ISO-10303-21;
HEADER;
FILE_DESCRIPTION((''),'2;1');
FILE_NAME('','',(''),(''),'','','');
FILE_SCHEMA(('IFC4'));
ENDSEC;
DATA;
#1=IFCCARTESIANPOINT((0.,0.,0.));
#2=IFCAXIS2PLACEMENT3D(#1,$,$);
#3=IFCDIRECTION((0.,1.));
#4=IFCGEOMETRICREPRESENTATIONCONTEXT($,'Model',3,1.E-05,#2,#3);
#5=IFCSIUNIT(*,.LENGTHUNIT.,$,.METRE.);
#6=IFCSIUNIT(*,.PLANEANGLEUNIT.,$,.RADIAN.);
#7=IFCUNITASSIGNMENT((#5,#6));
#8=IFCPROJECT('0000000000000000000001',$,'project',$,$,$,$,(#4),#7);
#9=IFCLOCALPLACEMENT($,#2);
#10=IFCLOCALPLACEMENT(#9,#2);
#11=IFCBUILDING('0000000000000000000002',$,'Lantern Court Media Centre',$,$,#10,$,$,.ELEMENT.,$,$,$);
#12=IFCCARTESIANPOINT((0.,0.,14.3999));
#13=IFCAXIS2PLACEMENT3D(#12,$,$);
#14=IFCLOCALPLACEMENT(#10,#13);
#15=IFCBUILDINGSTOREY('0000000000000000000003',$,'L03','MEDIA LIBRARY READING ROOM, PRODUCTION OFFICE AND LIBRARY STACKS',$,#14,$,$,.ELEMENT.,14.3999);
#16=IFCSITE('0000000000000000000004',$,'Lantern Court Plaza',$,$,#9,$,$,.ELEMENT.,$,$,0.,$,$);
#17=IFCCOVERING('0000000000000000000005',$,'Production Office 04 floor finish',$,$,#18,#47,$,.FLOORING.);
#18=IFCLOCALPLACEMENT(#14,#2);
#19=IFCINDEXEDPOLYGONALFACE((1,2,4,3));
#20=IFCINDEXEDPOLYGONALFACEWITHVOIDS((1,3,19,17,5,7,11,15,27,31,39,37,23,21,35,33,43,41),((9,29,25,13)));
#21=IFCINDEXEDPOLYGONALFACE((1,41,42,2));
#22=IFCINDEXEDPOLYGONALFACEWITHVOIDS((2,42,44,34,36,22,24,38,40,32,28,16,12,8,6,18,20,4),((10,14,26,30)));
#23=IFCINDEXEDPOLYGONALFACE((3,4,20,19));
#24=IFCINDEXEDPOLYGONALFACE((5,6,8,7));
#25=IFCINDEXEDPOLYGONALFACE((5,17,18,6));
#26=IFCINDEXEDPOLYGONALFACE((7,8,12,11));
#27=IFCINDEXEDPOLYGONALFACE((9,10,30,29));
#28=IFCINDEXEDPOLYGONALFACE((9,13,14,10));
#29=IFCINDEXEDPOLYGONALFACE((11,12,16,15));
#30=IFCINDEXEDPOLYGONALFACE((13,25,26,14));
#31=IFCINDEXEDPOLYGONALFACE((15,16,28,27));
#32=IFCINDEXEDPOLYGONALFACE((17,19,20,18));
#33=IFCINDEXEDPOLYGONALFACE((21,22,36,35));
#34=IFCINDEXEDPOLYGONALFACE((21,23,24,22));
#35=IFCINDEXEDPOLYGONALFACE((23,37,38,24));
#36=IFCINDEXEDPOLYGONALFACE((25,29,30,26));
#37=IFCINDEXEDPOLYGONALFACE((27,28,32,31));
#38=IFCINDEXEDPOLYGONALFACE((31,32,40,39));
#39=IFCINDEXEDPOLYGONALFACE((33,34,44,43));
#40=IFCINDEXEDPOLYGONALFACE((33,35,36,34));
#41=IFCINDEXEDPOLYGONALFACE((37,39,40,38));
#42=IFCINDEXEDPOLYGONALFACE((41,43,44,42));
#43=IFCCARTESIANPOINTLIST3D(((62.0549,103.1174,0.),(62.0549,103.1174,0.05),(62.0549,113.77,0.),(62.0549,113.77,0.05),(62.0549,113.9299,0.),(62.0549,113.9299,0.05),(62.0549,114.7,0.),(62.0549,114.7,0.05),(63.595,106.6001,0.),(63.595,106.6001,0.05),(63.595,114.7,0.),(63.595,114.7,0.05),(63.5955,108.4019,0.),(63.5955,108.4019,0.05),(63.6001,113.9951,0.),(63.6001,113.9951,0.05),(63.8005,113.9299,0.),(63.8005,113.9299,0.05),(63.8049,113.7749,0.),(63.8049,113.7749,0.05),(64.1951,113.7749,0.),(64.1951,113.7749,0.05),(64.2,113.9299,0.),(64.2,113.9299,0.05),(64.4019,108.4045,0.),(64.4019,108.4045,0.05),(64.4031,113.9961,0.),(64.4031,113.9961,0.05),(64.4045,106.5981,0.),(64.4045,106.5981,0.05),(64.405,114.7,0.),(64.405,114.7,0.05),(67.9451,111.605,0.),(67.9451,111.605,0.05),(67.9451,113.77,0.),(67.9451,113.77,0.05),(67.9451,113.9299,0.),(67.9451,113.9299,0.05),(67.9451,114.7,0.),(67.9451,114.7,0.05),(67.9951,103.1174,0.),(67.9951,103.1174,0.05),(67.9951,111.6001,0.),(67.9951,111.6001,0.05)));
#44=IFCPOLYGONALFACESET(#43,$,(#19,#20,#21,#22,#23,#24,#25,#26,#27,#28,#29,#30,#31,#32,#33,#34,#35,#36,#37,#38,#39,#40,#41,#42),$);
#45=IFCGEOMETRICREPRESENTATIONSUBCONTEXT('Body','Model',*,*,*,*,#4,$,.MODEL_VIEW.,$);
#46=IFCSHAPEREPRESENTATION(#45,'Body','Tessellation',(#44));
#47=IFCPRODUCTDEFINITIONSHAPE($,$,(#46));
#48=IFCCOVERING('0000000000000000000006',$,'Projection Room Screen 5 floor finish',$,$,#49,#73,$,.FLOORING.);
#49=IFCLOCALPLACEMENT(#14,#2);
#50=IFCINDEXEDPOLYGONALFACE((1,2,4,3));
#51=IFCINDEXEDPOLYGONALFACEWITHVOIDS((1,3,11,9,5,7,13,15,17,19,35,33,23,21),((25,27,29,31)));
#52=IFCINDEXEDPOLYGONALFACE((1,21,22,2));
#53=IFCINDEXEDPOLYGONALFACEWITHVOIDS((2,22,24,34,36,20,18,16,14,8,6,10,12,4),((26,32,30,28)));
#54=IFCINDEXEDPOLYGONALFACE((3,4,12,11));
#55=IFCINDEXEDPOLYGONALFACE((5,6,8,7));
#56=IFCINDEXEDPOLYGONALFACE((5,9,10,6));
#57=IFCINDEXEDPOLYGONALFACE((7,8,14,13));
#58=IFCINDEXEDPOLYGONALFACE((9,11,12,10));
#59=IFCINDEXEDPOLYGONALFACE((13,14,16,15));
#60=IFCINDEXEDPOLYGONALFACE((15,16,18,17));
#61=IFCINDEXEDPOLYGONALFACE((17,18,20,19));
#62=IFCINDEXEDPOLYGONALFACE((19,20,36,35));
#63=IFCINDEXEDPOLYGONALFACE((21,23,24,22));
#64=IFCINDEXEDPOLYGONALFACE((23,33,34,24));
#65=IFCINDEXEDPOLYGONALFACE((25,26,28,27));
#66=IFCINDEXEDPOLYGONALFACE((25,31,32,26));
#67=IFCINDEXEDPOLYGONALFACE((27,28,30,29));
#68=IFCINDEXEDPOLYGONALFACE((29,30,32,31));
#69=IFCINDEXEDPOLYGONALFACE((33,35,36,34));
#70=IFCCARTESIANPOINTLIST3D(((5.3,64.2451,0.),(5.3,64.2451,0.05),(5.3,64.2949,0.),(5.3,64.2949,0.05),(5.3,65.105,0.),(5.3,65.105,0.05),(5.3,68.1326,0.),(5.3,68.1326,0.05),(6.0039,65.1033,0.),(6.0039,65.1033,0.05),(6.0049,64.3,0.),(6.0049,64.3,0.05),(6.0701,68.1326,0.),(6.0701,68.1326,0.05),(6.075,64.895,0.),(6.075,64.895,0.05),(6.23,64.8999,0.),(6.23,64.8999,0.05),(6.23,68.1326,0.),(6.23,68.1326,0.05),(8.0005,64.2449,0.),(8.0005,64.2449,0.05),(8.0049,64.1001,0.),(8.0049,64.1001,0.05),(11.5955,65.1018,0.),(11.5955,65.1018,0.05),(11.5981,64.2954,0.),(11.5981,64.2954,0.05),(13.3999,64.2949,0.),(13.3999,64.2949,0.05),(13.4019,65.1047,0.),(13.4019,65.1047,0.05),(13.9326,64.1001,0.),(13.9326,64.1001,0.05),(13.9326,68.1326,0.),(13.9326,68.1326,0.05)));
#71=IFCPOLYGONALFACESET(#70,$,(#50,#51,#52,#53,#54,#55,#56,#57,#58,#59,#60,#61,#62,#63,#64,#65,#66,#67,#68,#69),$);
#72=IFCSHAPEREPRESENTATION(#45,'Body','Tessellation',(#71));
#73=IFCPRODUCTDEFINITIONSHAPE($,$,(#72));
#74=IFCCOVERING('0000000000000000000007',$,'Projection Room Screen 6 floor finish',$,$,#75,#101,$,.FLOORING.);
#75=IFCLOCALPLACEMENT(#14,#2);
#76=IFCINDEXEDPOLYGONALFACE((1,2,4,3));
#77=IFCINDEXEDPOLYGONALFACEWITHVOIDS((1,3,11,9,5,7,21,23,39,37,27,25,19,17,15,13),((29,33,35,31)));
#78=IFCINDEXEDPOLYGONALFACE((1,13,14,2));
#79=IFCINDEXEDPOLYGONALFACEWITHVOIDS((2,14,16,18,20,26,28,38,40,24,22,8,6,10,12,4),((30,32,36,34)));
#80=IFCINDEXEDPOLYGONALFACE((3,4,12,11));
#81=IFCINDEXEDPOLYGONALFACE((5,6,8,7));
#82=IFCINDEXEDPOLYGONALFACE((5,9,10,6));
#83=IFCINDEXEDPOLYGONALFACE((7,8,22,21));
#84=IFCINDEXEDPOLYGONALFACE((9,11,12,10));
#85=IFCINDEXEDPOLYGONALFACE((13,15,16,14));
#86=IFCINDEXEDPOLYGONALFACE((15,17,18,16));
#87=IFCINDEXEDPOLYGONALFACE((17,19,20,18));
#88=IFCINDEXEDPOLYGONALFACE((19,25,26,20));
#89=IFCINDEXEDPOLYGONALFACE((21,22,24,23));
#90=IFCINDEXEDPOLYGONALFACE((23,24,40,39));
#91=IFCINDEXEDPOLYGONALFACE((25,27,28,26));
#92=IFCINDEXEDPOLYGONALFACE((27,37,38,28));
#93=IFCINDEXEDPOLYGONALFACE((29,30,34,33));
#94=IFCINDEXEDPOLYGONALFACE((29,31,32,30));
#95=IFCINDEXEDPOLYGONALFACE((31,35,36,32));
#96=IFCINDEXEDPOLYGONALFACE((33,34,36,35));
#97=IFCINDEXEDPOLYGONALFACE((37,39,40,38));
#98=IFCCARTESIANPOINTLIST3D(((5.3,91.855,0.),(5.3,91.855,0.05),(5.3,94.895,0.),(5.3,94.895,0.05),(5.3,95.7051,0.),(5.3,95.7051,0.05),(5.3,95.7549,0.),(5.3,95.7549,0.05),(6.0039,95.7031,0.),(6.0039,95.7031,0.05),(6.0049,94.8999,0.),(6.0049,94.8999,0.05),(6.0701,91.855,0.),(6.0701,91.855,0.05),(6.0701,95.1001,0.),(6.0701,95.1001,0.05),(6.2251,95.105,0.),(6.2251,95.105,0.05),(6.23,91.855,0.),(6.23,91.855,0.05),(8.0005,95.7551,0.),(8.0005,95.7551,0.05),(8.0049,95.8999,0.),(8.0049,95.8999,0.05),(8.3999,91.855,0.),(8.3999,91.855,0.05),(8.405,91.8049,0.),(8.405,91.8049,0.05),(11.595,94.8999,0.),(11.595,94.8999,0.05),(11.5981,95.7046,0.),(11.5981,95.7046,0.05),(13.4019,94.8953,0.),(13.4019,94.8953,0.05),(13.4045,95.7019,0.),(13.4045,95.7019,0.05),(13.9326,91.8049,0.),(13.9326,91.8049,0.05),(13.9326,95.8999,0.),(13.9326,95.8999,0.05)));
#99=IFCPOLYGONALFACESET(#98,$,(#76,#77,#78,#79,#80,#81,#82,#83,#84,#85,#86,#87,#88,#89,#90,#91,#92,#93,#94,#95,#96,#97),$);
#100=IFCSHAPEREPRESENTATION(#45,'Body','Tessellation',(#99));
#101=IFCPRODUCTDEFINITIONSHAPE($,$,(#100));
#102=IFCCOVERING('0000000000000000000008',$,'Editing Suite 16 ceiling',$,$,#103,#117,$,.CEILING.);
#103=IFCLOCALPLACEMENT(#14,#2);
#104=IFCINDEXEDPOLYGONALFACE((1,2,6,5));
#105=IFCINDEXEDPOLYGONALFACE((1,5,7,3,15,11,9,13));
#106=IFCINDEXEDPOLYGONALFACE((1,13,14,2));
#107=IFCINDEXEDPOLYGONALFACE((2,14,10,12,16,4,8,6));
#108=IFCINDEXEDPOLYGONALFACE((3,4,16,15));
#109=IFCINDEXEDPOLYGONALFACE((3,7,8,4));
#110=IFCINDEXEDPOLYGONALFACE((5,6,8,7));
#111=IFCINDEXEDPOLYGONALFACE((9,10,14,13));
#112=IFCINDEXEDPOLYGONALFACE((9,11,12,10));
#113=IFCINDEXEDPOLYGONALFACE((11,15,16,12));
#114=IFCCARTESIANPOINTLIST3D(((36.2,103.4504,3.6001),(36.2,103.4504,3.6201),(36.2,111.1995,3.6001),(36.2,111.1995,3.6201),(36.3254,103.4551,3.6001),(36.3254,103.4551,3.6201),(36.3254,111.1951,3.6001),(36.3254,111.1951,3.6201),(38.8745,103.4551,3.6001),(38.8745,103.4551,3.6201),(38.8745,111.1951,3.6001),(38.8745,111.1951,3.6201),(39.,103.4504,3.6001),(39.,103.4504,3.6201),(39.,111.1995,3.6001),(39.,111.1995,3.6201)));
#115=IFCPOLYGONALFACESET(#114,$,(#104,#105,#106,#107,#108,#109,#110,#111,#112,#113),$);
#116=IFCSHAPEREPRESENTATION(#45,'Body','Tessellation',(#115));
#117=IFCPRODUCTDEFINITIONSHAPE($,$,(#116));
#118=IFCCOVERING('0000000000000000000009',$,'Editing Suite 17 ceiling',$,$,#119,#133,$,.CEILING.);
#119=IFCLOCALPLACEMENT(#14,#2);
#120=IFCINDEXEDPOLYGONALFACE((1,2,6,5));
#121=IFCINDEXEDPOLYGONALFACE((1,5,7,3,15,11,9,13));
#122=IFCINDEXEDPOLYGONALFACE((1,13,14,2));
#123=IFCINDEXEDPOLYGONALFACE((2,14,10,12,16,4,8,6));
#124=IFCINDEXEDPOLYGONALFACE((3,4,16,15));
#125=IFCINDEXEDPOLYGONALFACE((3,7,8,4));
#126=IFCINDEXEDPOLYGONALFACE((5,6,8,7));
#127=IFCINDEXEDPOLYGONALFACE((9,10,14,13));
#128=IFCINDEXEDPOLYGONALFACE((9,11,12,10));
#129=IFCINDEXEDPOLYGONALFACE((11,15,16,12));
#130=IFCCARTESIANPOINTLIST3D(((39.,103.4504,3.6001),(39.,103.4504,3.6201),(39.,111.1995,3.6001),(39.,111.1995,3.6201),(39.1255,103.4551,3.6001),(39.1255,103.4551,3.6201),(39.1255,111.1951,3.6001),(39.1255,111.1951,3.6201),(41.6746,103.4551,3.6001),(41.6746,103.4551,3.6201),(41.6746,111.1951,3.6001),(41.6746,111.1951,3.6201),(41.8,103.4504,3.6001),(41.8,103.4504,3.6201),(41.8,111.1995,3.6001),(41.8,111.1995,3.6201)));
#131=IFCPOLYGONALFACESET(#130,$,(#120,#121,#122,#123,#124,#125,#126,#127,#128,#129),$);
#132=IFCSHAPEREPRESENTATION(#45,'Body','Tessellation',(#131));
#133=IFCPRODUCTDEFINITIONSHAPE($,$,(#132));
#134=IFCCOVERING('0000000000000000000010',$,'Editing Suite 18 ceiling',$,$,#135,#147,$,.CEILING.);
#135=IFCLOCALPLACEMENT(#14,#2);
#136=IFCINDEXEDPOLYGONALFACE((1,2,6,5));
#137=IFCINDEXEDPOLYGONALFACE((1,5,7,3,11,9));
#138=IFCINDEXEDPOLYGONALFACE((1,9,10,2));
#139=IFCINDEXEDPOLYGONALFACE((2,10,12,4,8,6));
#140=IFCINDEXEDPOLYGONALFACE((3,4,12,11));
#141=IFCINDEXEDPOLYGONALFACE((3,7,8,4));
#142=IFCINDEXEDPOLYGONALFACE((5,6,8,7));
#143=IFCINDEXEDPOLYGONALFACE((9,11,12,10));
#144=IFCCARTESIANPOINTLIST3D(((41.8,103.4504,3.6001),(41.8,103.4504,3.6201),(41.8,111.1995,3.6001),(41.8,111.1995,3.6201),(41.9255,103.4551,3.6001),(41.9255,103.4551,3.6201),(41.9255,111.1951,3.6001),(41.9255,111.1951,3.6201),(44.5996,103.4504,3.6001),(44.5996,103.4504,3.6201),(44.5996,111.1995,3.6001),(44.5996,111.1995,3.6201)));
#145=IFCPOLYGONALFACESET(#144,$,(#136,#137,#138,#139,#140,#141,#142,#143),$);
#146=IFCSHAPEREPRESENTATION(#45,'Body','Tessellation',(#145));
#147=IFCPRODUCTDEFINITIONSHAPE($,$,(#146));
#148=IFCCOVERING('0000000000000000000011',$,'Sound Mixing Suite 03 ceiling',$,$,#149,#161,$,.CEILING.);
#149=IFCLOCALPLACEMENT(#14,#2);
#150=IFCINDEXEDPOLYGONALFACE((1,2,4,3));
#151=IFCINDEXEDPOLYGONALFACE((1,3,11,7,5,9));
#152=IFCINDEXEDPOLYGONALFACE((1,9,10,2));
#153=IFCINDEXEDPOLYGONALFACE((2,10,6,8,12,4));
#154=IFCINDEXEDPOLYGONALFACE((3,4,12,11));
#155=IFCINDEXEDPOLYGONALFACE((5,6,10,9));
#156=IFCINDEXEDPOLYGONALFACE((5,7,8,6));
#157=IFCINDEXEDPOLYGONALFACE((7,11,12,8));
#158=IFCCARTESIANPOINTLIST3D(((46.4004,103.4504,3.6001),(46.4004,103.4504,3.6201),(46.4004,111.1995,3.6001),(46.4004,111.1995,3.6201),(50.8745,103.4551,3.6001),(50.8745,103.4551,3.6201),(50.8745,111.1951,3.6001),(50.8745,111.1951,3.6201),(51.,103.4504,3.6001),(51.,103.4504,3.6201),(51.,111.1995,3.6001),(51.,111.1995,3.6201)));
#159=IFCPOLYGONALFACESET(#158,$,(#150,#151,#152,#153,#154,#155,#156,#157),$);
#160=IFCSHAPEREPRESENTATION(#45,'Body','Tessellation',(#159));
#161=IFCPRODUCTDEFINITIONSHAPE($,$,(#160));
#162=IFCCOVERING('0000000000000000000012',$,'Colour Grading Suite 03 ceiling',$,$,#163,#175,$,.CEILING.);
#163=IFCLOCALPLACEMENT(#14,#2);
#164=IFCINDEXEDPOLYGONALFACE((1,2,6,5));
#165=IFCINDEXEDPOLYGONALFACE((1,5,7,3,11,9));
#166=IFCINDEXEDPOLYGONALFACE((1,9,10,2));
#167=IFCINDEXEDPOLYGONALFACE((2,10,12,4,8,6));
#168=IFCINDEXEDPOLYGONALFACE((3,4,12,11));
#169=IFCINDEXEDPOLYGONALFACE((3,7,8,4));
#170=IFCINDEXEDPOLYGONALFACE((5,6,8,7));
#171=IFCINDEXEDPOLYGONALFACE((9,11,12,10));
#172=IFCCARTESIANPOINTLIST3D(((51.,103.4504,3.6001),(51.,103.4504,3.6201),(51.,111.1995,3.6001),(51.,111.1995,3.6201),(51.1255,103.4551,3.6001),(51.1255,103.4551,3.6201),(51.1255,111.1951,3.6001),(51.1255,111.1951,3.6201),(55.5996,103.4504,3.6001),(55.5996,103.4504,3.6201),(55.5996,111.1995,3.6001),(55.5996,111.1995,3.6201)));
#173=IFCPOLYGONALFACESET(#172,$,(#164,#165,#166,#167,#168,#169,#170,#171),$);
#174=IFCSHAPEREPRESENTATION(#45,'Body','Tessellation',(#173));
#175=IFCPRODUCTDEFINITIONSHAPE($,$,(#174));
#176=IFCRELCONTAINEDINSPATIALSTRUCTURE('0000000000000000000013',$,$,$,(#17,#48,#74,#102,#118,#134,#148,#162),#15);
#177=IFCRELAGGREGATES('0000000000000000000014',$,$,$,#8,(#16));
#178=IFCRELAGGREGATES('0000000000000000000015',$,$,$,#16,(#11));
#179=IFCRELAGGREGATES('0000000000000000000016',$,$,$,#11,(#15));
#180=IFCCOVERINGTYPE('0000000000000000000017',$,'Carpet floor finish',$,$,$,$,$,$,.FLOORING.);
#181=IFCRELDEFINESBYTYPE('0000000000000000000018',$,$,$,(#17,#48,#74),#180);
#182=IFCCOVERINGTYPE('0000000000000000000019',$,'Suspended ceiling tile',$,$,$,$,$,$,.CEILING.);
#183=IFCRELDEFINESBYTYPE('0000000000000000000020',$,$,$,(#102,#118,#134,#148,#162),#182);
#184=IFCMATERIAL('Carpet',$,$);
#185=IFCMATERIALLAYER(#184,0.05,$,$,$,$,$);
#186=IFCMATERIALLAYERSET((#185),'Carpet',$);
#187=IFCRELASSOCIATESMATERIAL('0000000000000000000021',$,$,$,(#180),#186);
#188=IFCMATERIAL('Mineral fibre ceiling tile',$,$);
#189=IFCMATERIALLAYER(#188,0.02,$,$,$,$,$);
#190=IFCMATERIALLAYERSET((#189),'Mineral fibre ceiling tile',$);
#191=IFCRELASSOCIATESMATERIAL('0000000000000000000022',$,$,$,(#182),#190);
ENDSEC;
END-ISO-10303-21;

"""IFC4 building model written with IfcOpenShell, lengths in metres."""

from ifc_helpers import new_model, si_unit, direction, frame, origin, place, context, subcontext, project, spatial, polyline, outline, extrude, material, layer, layer_set, type_object, element, save


model = new_model("IFC4")

# Units and contexts
model_context = context("Model", 3, precision=1e-05, world=origin(), true_north=direction((0.0, 1.0)))
body_context = subcontext(model_context, "Body", "Model", "MODEL_VIEW")
ifc_project = project(units=[si_unit("LENGTHUNIT", "METRE"), si_unit("PLANEANGLEUNIT", "RADIAN")], contexts=[model_context])

# Site, building, storey
site_placement = place(None, origin())
site = spatial("IfcSite", under=ifc_project, at=site_placement, Name="Lantern Court Plaza", CompositionType="ELEMENT", RefElevation=0.0)
building_placement = place(site_placement, origin())
building = spatial("IfcBuilding", under=site, at=building_placement, Name="Lantern Court Media Centre", CompositionType="ELEMENT")
storey_placement = place(building_placement, frame((0.0, 0.0, 14.3999)))
storey = spatial("IfcBuildingStorey", under=building, at=storey_placement, Name="L03", Description="MEDIA LIBRARY READING ROOM, PRODUCTION OFFICE AND LIBRARY STACKS", CompositionType="ELEMENT", Elevation=14.3999)

# Coverings
ifc_material_1 = material(Name="Carpet")
ifc_layer_1 = layer(ifc_material_1, 0.05)
ifc_layer_set_1 = layer_set([ifc_layer_1], Name="Carpet")
covering_type_1 = type_object("IfcCoveringType", Name="Carpet floor finish", PredefinedType="FLOORING", material=ifc_layer_set_1)
covering_1_placement = place(storey_placement, origin())
element("IfcCovering", 1, at=covering_1_placement, inside=storey, type_object=covering_type_1, Name="Production Office 04 floor finish", PredefinedType="FLOORING", context=body_context, shape_type="SweptSolid", body=[
    extrude(outline(polyline([(67.9451, 114.7), (67.9451, 113.9299), (64.2, 113.9299), (64.1951, 113.7749), (67.9451, 113.77), (67.9451, 111.605), (67.9951, 111.6001), (67.9951, 103.1174), (62.0549, 103.1174), (62.0549, 113.77), (63.8049, 113.7749), (63.8005, 113.9299), (62.0549, 113.9299), (62.0549, 114.7), (63.595, 114.7), (63.6001, 113.9951), (64.4031, 113.9961), (64.405, 114.7), (67.9451, 114.7)]), holes=[polyline([(63.595, 106.6001), (64.4045, 106.5981), (64.4019, 108.4045), (63.5955, 108.4019), (63.595, 106.6001)])]), origin(), (0.0, 0.0, 1.0), 0.05),
])
covering_2_placement = place(storey_placement, origin())
element("IfcCovering", 2, at=covering_2_placement, inside=storey, type_object=covering_type_1, Name="Projection Room Screen 5 floor finish", PredefinedType="FLOORING", context=body_context, shape_type="SweptSolid", body=[
    extrude(outline(polyline([(5.3, 68.1326), (6.0701, 68.1326), (6.075, 64.895), (6.23, 64.8999), (6.23, 68.1326), (13.9326, 68.1326), (13.9326, 64.1001), (8.0049, 64.1001), (8.0005, 64.2449), (5.3, 64.2451), (5.3, 64.2949), (6.0049, 64.3), (6.0039, 65.1033), (5.3, 65.105), (5.3, 68.1326)]), holes=[polyline([(13.3999, 64.2949), (13.4019, 65.1047), (11.5955, 65.1018), (11.5981, 64.2954), (13.3999, 64.2949)])]), origin(), (0.0, 0.0, 1.0), 0.05),
])
covering_3_placement = place(storey_placement, origin())
element("IfcCovering", 3, at=covering_3_placement, inside=storey, type_object=covering_type_1, Name="Projection Room Screen 6 floor finish", PredefinedType="FLOORING", context=body_context, shape_type="SweptSolid", body=[
    extrude(outline(polyline([(13.9326, 95.8999), (13.9326, 91.8049), (8.405, 91.8049), (8.3999, 91.855), (6.23, 91.855), (6.2251, 95.105), (6.0701, 95.1001), (6.0701, 91.855), (5.3, 91.855), (5.3, 94.895), (6.0049, 94.8999), (6.0039, 95.7031), (5.3, 95.7051), (5.3, 95.7549), (8.0005, 95.7551), (8.0049, 95.8999), (13.9326, 95.8999)]), holes=[polyline([(11.595, 94.8999), (13.4019, 94.8953), (13.4045, 95.7019), (11.5981, 95.7046), (11.595, 94.8999)])]), origin(), (0.0, 0.0, 1.0), 0.05),
])
ifc_material_2 = material(Name="Mineral fibre ceiling tile")
ifc_layer_2 = layer(ifc_material_2, 0.02)
ifc_layer_set_2 = layer_set([ifc_layer_2], Name="Mineral fibre ceiling tile")
covering_type_2 = type_object("IfcCoveringType", Name="Suspended ceiling tile", PredefinedType="CEILING", material=ifc_layer_set_2)
covering_4_placement = place(storey_placement, frame((0.0, 0.0, 3.6001)))
element("IfcCovering", 4, at=covering_4_placement, inside=storey, type_object=covering_type_2, Name="Editing Suite 16 ceiling", PredefinedType="CEILING", context=body_context, shape_type="SweptSolid", body=[
    extrude(outline(polyline([(39.0, 103.4504), (36.2, 103.4504), (36.3254, 103.4551), (36.3254, 111.1951), (36.2, 111.1995), (39.0, 111.1995), (38.8745, 111.1951), (38.8745, 103.4551), (39.0, 103.4504)])), origin(), (0.0, 0.0, 1.0), 0.02),
])
covering_5_placement = place(storey_placement, frame((0.0, 0.0, 3.6001)))
element("IfcCovering", 5, at=covering_5_placement, inside=storey, type_object=covering_type_2, Name="Editing Suite 17 ceiling", PredefinedType="CEILING", context=body_context, shape_type="SweptSolid", body=[
    extrude(outline(polyline([(41.8, 103.4504), (39.0, 103.4504), (39.1255, 103.4551), (39.1255, 111.1951), (39.0, 111.1995), (41.8, 111.1995), (41.6746, 111.1951), (41.6746, 103.4551), (41.8, 103.4504)])), origin(), (0.0, 0.0, 1.0), 0.02),
])
covering_6_placement = place(storey_placement, frame((0.0, 0.0, 3.6001)))
element("IfcCovering", 6, at=covering_6_placement, inside=storey, type_object=covering_type_2, Name="Editing Suite 18 ceiling", PredefinedType="CEILING", context=body_context, shape_type="SweptSolid", body=[
    extrude(outline(polyline([(41.8, 111.1995), (44.5996, 111.1995), (44.5996, 103.4504), (41.8, 103.4504), (41.9255, 103.4551), (41.9255, 111.1951), (41.8, 111.1995)])), origin(), (0.0, 0.0, 1.0), 0.02),
])
covering_7_placement = place(storey_placement, frame((0.0, 0.0, 3.6001)))
element("IfcCovering", 7, at=covering_7_placement, inside=storey, type_object=covering_type_2, Name="Sound Mixing Suite 03 ceiling", PredefinedType="CEILING", context=body_context, shape_type="SweptSolid", body=[
    extrude(outline(polyline([(51.0, 103.4504), (46.4004, 103.4504), (46.4004, 111.1995), (51.0, 111.1995), (50.8745, 111.1951), (50.8745, 103.4551), (51.0, 103.4504)])), origin(), (0.0, 0.0, 1.0), 0.02),
])
covering_8_placement = place(storey_placement, frame((0.0, 0.0, 3.6001)))
element("IfcCovering", 8, at=covering_8_placement, inside=storey, type_object=covering_type_2, Name="Colour Grading Suite 03 ceiling", PredefinedType="CEILING", context=body_context, shape_type="SweptSolid", body=[
    extrude(outline(polyline([(51.0, 111.1995), (55.5996, 111.1995), (55.5996, 103.4504), (51.0, 103.4504), (51.1255, 103.4551), (51.1255, 111.1951), (51.0, 111.1995)])), origin(), (0.0, 0.0, 1.0), 0.02),
])

save(model, "model.ifc")
